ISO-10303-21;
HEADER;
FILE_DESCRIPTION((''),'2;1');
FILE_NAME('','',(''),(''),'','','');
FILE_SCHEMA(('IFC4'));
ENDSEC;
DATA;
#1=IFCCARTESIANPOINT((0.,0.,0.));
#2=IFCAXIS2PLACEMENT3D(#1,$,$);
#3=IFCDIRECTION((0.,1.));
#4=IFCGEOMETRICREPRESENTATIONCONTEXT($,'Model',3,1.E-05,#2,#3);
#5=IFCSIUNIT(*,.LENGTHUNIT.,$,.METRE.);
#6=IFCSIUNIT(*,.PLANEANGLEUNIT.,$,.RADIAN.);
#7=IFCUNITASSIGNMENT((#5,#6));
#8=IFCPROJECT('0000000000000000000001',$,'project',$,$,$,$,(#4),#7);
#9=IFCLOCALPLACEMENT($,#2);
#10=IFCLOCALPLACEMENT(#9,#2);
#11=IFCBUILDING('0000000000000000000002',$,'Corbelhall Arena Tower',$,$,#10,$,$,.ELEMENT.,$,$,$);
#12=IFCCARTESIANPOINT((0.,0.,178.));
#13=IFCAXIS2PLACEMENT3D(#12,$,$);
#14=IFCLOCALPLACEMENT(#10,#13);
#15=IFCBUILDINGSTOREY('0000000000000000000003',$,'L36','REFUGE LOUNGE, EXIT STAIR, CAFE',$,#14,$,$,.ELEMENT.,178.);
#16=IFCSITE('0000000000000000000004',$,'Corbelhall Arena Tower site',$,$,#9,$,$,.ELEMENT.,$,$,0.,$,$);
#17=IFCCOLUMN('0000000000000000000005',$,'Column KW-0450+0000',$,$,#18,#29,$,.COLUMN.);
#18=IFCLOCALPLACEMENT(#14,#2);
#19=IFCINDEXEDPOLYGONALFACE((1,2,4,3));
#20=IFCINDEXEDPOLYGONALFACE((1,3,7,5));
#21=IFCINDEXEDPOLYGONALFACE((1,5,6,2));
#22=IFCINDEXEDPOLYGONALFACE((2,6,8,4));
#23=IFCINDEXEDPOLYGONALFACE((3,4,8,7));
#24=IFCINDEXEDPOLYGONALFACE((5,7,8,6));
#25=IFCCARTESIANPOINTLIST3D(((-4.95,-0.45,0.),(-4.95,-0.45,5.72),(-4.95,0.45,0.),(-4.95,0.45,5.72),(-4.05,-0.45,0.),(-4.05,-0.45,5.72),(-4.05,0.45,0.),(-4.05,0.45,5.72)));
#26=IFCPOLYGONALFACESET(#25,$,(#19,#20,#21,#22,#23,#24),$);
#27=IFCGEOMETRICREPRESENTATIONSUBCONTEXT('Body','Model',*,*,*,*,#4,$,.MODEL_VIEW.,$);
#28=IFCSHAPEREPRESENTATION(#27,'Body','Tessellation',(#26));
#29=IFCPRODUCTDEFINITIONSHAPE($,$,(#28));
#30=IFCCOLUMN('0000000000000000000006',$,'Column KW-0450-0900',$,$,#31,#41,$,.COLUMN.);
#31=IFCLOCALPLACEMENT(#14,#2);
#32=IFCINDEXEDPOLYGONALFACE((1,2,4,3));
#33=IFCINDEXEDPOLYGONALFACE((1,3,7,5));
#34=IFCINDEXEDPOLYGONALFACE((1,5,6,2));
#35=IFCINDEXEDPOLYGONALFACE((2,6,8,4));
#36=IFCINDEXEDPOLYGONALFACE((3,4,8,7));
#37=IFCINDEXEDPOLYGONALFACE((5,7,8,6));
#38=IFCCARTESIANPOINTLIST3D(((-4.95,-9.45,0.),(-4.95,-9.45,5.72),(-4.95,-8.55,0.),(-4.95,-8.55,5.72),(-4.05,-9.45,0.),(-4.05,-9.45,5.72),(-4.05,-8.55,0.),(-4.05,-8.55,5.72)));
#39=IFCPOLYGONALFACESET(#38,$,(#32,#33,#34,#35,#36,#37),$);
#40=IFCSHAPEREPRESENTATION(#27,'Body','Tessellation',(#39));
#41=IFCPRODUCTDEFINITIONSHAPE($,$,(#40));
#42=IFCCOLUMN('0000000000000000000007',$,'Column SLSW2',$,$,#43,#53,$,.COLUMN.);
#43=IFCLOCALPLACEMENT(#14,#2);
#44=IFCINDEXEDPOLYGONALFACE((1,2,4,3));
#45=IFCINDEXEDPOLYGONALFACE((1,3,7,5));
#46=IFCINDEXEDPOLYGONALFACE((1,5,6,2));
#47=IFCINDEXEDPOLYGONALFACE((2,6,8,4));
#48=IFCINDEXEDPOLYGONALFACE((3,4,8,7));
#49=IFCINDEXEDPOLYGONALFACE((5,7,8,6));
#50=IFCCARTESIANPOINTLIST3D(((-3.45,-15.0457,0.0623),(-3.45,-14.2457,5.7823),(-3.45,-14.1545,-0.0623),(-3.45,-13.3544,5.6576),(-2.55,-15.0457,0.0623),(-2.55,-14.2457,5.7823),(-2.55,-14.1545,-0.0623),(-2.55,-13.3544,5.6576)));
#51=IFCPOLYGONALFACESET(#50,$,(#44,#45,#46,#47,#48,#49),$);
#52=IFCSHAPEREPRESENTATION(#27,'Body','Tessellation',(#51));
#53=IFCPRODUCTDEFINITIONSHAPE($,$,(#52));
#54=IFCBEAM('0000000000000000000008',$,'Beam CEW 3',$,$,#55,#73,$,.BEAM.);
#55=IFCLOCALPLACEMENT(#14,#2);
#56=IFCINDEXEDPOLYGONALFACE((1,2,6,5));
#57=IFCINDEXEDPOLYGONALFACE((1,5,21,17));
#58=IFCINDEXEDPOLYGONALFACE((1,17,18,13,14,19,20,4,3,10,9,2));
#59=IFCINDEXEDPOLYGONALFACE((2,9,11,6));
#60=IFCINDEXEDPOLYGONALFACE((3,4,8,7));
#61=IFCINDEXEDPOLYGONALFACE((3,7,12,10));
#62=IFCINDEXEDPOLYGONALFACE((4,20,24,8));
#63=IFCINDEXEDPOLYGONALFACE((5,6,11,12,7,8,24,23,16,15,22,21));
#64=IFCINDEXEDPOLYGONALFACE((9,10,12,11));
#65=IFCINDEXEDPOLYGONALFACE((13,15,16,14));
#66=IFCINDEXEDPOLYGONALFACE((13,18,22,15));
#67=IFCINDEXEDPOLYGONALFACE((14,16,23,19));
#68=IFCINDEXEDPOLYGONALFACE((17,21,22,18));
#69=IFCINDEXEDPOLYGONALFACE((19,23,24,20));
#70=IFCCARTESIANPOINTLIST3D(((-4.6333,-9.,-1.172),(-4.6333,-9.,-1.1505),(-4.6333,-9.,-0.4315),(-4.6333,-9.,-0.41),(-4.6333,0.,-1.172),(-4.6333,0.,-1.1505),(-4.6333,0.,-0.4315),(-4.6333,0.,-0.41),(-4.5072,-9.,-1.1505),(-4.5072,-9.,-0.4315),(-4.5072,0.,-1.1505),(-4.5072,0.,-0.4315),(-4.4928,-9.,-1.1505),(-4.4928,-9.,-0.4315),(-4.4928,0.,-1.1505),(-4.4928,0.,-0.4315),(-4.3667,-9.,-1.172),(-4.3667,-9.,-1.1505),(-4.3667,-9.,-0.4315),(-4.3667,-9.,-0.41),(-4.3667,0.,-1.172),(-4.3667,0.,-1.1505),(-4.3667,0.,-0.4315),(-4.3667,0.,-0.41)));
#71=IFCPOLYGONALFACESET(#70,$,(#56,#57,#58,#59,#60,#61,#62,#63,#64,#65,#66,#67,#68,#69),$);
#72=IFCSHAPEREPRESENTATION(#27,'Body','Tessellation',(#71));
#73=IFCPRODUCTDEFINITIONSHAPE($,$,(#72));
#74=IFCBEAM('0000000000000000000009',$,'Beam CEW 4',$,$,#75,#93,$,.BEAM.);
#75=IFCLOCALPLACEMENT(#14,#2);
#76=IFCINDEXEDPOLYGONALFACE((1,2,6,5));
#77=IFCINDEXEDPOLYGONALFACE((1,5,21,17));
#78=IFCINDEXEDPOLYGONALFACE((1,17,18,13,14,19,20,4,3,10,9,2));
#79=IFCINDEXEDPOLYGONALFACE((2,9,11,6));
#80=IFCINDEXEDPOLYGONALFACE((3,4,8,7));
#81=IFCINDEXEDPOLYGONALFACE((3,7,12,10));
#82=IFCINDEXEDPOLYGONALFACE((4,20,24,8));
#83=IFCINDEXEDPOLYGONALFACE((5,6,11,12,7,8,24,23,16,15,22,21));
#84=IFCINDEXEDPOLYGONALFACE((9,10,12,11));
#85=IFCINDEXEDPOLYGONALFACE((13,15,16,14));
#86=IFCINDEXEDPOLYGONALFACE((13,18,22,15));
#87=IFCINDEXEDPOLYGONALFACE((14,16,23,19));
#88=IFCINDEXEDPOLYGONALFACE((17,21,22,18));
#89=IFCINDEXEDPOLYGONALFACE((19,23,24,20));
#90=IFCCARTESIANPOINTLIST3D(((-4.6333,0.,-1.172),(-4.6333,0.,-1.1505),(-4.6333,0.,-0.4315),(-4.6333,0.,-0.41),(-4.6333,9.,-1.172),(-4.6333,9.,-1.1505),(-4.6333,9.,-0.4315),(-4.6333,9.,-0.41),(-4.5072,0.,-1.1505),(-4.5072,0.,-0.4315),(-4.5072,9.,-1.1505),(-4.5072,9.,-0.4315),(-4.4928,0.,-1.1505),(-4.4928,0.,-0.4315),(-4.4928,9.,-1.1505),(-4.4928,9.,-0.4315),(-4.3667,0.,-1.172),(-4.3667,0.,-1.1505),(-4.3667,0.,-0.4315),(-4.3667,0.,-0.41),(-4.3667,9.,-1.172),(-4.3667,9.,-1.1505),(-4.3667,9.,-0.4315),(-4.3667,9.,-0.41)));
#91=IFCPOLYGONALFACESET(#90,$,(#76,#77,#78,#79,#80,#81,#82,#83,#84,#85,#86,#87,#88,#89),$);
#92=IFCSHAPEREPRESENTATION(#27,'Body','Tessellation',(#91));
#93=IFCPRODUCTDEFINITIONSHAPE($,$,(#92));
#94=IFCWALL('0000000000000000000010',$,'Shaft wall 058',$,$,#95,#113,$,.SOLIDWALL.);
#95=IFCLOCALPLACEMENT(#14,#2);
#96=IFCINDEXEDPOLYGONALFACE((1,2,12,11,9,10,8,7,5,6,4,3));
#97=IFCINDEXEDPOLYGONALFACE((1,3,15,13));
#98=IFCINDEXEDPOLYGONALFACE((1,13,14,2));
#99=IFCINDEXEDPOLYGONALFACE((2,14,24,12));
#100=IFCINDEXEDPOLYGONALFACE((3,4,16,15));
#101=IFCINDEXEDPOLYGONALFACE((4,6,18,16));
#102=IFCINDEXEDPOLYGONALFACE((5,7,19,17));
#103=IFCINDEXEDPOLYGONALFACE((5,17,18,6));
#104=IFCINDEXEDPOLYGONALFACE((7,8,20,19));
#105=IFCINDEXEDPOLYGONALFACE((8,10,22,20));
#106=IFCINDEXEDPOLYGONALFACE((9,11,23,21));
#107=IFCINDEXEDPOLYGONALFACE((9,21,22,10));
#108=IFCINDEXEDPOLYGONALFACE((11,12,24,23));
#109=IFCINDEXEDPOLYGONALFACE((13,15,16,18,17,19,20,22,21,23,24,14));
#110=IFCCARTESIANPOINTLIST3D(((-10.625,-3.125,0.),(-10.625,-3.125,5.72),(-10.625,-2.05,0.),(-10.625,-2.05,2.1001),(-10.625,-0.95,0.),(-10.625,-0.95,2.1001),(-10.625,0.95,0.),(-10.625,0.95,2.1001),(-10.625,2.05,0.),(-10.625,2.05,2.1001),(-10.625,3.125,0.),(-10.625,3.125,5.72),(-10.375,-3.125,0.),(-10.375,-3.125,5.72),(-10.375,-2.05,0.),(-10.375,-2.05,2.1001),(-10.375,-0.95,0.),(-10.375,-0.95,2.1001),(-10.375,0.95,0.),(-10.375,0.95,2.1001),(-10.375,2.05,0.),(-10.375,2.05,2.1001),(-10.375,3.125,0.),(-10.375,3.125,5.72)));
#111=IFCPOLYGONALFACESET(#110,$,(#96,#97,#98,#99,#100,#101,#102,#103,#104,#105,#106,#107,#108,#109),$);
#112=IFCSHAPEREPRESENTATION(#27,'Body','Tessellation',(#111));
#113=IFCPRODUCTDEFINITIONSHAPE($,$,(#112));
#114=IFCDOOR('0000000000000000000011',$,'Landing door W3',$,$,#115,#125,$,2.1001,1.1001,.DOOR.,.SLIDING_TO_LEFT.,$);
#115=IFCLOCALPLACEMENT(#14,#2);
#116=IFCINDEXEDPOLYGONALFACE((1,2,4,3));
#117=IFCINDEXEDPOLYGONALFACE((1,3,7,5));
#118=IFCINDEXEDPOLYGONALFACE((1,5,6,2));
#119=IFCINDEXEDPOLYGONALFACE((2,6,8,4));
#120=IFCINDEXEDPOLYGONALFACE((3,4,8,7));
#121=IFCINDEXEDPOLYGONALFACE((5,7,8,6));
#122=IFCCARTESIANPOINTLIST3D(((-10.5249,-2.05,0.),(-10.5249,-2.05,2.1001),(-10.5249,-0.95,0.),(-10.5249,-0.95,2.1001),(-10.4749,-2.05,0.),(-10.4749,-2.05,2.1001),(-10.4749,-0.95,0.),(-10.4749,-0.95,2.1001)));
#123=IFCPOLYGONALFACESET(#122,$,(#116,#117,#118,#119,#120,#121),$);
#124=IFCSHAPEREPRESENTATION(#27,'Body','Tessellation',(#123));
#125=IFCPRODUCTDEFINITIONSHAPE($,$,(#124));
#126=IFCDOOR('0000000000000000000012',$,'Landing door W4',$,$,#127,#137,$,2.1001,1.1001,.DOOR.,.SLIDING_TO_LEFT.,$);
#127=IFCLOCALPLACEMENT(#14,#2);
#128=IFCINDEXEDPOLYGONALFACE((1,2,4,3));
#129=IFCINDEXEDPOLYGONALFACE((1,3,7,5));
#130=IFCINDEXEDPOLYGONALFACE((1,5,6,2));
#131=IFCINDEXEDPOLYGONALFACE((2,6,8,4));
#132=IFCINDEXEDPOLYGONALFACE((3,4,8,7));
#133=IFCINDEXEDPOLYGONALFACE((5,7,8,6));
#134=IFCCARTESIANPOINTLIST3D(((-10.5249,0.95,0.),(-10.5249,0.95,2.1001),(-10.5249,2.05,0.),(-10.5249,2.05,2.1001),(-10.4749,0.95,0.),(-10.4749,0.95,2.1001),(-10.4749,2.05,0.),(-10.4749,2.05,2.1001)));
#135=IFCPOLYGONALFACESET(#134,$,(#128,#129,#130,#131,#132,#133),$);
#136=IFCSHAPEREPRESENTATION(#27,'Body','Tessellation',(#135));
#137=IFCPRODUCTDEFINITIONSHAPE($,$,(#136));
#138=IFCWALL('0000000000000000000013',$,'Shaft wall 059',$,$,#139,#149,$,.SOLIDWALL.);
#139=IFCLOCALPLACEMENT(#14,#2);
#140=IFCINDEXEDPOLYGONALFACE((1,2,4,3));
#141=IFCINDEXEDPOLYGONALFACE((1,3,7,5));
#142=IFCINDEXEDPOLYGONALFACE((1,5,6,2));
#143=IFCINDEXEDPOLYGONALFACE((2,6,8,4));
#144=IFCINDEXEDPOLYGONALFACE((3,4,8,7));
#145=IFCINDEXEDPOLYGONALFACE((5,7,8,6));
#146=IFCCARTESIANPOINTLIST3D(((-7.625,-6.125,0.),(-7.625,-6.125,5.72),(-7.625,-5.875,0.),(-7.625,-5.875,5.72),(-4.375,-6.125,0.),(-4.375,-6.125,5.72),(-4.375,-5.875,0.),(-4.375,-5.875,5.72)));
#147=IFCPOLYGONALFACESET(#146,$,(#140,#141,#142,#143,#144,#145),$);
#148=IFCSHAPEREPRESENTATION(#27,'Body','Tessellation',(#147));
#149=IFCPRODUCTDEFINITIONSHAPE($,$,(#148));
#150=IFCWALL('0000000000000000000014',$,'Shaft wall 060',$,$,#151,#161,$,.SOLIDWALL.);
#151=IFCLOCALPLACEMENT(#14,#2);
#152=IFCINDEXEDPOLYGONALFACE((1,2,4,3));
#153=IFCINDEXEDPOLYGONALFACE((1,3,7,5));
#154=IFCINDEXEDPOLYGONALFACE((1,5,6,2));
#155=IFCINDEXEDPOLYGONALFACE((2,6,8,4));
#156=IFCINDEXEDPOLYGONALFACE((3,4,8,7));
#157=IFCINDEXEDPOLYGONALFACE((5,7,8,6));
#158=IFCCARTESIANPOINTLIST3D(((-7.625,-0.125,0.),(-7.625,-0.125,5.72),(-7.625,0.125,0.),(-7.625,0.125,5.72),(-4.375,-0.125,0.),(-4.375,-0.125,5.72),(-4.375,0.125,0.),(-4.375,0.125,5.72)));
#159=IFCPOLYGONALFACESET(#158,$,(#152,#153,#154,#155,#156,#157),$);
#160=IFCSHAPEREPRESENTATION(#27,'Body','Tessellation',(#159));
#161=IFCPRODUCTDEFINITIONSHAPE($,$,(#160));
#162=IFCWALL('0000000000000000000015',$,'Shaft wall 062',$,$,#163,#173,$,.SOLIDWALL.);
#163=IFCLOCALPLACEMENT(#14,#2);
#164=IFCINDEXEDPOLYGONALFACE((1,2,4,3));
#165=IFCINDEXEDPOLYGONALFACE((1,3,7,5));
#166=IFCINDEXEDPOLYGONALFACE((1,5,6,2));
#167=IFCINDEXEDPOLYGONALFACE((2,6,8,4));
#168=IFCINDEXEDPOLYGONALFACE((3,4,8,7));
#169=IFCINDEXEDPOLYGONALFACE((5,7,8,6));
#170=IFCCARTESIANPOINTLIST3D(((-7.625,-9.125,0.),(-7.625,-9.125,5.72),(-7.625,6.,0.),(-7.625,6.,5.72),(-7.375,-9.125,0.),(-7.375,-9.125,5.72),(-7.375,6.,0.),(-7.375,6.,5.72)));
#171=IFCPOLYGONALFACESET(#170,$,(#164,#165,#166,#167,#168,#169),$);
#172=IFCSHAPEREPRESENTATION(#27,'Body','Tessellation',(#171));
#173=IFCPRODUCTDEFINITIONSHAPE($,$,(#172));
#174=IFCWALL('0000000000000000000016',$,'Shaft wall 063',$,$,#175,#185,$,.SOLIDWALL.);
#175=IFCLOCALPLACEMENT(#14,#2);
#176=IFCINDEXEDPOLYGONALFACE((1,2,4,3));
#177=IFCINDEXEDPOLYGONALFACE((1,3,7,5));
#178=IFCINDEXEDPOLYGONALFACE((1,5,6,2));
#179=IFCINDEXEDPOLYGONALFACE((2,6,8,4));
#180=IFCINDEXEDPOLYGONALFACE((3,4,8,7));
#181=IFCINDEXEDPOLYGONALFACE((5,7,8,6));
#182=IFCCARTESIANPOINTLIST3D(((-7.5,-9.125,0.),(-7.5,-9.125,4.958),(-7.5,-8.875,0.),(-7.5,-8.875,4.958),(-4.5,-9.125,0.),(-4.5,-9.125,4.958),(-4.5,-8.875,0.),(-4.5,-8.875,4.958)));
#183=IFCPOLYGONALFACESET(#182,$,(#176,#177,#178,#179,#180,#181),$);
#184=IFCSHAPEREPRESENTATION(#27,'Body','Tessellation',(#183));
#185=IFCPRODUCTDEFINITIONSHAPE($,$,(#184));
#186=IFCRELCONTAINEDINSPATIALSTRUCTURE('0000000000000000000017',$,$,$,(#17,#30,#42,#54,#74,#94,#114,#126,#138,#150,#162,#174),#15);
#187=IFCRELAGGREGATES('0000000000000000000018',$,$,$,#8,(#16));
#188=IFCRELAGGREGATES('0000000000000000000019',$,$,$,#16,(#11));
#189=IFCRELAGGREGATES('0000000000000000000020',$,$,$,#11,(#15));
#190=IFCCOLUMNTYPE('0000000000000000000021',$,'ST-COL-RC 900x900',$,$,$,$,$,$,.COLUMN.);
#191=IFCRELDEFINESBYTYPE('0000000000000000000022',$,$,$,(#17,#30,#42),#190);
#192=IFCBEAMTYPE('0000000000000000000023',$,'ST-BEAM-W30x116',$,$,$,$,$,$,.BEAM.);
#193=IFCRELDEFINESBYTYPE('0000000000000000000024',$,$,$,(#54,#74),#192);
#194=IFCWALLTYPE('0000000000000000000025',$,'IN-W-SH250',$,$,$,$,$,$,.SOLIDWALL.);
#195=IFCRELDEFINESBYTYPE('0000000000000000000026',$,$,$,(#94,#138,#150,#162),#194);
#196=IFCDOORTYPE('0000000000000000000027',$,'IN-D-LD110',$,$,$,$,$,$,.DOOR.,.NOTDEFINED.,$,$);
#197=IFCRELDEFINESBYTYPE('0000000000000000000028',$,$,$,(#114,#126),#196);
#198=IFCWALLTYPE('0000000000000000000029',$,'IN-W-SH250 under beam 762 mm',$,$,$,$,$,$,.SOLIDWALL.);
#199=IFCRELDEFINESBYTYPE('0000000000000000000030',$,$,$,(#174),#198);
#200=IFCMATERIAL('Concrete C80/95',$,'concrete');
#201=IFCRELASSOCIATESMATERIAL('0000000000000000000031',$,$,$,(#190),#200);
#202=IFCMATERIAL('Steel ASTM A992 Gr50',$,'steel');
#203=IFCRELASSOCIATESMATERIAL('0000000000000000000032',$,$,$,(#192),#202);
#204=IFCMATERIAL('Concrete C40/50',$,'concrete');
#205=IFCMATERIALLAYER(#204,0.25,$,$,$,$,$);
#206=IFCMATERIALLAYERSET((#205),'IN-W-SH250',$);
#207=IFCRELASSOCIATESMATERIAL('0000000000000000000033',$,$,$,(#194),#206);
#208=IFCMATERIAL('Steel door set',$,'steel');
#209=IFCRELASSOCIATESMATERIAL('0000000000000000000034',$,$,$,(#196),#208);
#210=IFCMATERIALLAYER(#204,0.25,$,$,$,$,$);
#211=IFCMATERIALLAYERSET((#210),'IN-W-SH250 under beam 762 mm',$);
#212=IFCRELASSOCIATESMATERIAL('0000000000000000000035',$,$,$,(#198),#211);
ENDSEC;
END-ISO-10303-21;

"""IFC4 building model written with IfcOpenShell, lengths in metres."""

from ifc_helpers import new_model, si_unit, direction, frame, frame_2d, origin, origin_2d, place, context, subcontext, project, spatial, rectangle, i_section, extrude, material, layer, layer_set, material_profile, profile_set, type_object, element, fill, save


model = new_model("IFC4")

# Units and contexts
model_context = context("Model", 3, precision=1e-05, world=origin(), true_north=direction((0.0, 1.0)))
body_context = subcontext(model_context, "Body", "Model", "MODEL_VIEW")
ifc_project = project(units=[si_unit("LENGTHUNIT", "METRE"), si_unit("PLANEANGLEUNIT", "RADIAN")], contexts=[model_context])

# Site, building, storey
site_placement = place(None, origin())
site = spatial("IfcSite", under=ifc_project, at=site_placement, Name="Corbelhall Arena Tower site", CompositionType="ELEMENT", RefElevation=0.0)
building_placement = place(site_placement, origin())
building = spatial("IfcBuilding", under=site, at=building_placement, Name="Corbelhall Arena Tower", CompositionType="ELEMENT")
storey_placement = place(building_placement, frame((0.0, 0.0, 178.0)))
storey = spatial("IfcBuildingStorey", under=building, at=storey_placement, Name="L36", Description="REFUGE LOUNGE, EXIT STAIR, CAFE", CompositionType="ELEMENT", Elevation=178.0)

# Columns
ifc_material_1 = material(Name="Concrete C80/95", Category="concrete")
ifc_material_profile_1 = material_profile(ifc_material_1, rectangle(XDim=0.8999, YDim=0.8999, at=origin_2d()))
ifc_profile_set_1 = profile_set([ifc_material_profile_1], Name="Concrete C80/95")
column_type = type_object("IfcColumnType", Name="ST-COL-RC 900x900", PredefinedType="COLUMN", material=ifc_profile_set_1)
for number, where, z_axis, x_axis, name in (
    (1, (-4.5, 0.0, 0.0), (0.0, 0.0, 1.0), (1.0, 0.0, 0.0), "Column KW-0450+0000"),
    (2, (-4.5, -9.0, 0.0), (0.0, 0.0, 1.0), (1.0, 0.0, 0.0), "Column KW-0450-0900"),
):
    element("IfcColumn", number, at=place(storey_placement, frame(where, z_axis=z_axis, x_axis=x_axis)), inside=storey, type_object=column_type, Name=name, PredefinedType="COLUMN", context=body_context, shape_type="SweptSolid", body=[
        extrude(rectangle(XDim=0.8999, YDim=0.8999, at=origin_2d()), origin(), (0.0, 0.0, 1.0), 5.72),
    ])
column_placement = place(storey_placement, frame((-3.0, -14.6001, 0.0), z_axis=(0.0, 0.138521, 0.990359), x_axis=(-1.0, 0.0, 0.0)))
element("IfcColumn", 3, at=column_placement, inside=storey, type_object=column_type, Name="Column SLSW2", PredefinedType="COLUMN", context=body_context, shape_type="SweptSolid", body=[
    extrude(rectangle(XDim=0.8999, YDim=0.8999, at=origin_2d()), origin(), (0.0, 0.0, 1.0), 5.7756),
])

# Beams
ifc_material_2 = material(Name="Steel ASTM A992 Gr50", Category="steel")
ifc_material_profile_2 = material_profile(ifc_material_2, i_section(OverallWidth=0.2666, OverallDepth=0.762, WebThickness=0.0144, FlangeThickness=0.0215, at=origin_2d()))
ifc_profile_set_2 = profile_set([ifc_material_profile_2], Name="Steel ASTM A992 Gr50")
beam_type = type_object("IfcBeamType", Name="ST-BEAM-W30x116", PredefinedType="BEAM", material=ifc_profile_set_2)
for number, where, z_axis, x_axis, name in (
    (4, (-4.5, -9.0, -0.791), (0.0, 1.0, 0.0), (-1.0, 0.0, 0.0), "Beam CEW 3"),
    (5, (-4.5, 0.0, -0.791), (0.0, 1.0, 0.0), (-1.0, 0.0, 0.0), "Beam CEW 4"),
):
    element("IfcBeam", number, at=place(storey_placement, frame(where, z_axis=z_axis, x_axis=x_axis)), inside=storey, type_object=beam_type, Name=name, PredefinedType="BEAM", context=body_context, shape_type="SweptSolid", body=[
        extrude(i_section(OverallWidth=0.2666, OverallDepth=0.762, WebThickness=0.0144, FlangeThickness=0.0215, at=origin_2d()), origin(), (0.0, 0.0, 1.0), 9.0),
    ])

# Shared definitions
ifc_material_3 = material(Name="Steel door set", Category="steel")

# Wall, openings, doors
ifc_material_4 = material(Name="Concrete C40/50", Category="concrete")
ifc_layer_1 = layer(ifc_material_4, 0.25)
ifc_layer_set_1 = layer_set([ifc_layer_1], Name="IN-W-SH250")
wall_type_1 = type_object("IfcWallType", Name="IN-W-SH250", PredefinedType="SOLIDWALL", material=ifc_layer_set_1)
wall_1_placement = place(storey_placement, frame((-10.5, -3.125, 0.0), z_axis=(0.0, 0.0, 1.0), x_axis=(0.0, 1.0, 0.0)))
wall_1 = element("IfcWall", 6, at=wall_1_placement, inside=storey, type_object=wall_type_1, Name="Shaft wall 058", PredefinedType="SOLIDWALL", context=body_context, shape_type="SweptSolid", body=[
    extrude(rectangle(XDim=6.25, YDim=0.25, at=frame_2d((3.125, 0.0))), origin(), (0.0, 0.0, 1.0), 5.72),
])
opening_1_placement = place(wall_1_placement, frame((1.075, 0.0, 0.0)))
opening_1 = element("IfcOpeningElement", 7, at=opening_1_placement, cuts=wall_1, PredefinedType="OPENING", context=body_context, shape_type="SweptSolid", body=[
    extrude(rectangle(XDim=1.1001, YDim=2.1001, at=frame_2d((0.55, 1.05))), frame((0.0, 0.125, 0.0), z_axis=(0.0, -1.0, 0.0), x_axis=(1.0, 0.0, 0.0)), (0.0, 0.0, 1.0), 0.25),
])
opening_2_placement = place(wall_1_placement, frame((4.075, 0.0, 0.0)))
opening_2 = element("IfcOpeningElement", 8, at=opening_2_placement, cuts=wall_1, PredefinedType="OPENING", context=body_context, shape_type="SweptSolid", body=[
    extrude(rectangle(XDim=1.1001, YDim=2.1001, at=frame_2d((0.55, 1.05))), frame((0.0, 0.125, 0.0), z_axis=(0.0, -1.0, 0.0), x_axis=(1.0, 0.0, 0.0)), (0.0, 0.0, 1.0), 0.25),
])
door_type_1 = type_object("IfcDoorType", Name="IN-D-LD110", OperationType="NOTDEFINED", PredefinedType="DOOR", material=ifc_material_3)
door_1_placement = place(opening_1_placement, origin())
door_1 = element("IfcDoor", 9, at=door_1_placement, inside=storey, type_object=door_type_1, Name="Landing door W3", OperationType="SLIDING_TO_LEFT", OverallHeight=2.1001, OverallWidth=1.1001, PredefinedType="DOOR", context=body_context, shape_type="SweptSolid", body=[
    extrude(rectangle(XDim=1.1001, YDim=2.1001, at=frame_2d((0.55, 1.05))), frame((0.0, 0.0249, 0.0), z_axis=(0.0, -1.0, 0.0), x_axis=(1.0, 0.0, 0.0)), (0.0, 0.0, 1.0), 0.05),
])
fill(opening_1, door_1)
door_2_placement = place(opening_2_placement, origin())
door_2 = element("IfcDoor", 10, at=door_2_placement, inside=storey, type_object=door_type_1, Name="Landing door W4", OperationType="SLIDING_TO_LEFT", OverallHeight=2.1001, OverallWidth=1.1001, PredefinedType="DOOR", context=body_context, shape_type="SweptSolid", body=[
    extrude(rectangle(XDim=1.1001, YDim=2.1001, at=frame_2d((0.55, 1.05))), frame((0.0, 0.0249, 0.0), z_axis=(0.0, -1.0, 0.0), x_axis=(1.0, 0.0, 0.0)), (0.0, 0.0, 1.0), 0.05),
])
fill(opening_2, door_2)

# Walls
for number, where, z_axis, x_axis, name in (
    (11, (-7.625, -6.0, 0.0), (0.0, 0.0, 1.0), (1.0, 0.0, 0.0), "Shaft wall 059"),
    (12, (-7.625, 0.0, 0.0), (0.0, 0.0, 1.0), (1.0, 0.0, 0.0), "Shaft wall 060"),
):
    element("IfcWall", number, at=place(storey_placement, frame(where, z_axis=z_axis, x_axis=x_axis)), inside=storey, type_object=wall_type_1, Name=name, PredefinedType="SOLIDWALL", context=body_context, shape_type="SweptSolid", body=[
        extrude(rectangle(XDim=3.25, YDim=0.25, at=frame_2d((1.625, 0.0))), origin(), (0.0, 0.0, 1.0), 5.72),
    ])
wall_2_placement = place(storey_placement, frame((-7.5, -9.125, 0.0), z_axis=(0.0, 0.0, 1.0), x_axis=(0.0, 1.0, 0.0)))
element("IfcWall", 13, at=wall_2_placement, inside=storey, type_object=wall_type_1, Name="Shaft wall 062", PredefinedType="SOLIDWALL", context=body_context, shape_type="SweptSolid", body=[
    extrude(rectangle(XDim=15.125, YDim=0.25, at=frame_2d((7.5625, 0.0))), origin(), (0.0, 0.0, 1.0), 5.72),
])
ifc_layer_2 = layer(ifc_material_4, 0.25)
ifc_layer_set_2 = layer_set([ifc_layer_2], Name="IN-W-SH250 under beam 762 mm")
wall_type_2 = type_object("IfcWallType", Name="IN-W-SH250 under beam 762 mm", PredefinedType="SOLIDWALL", material=ifc_layer_set_2)
wall_3_placement = place(storey_placement, frame((-4.5, -9.0, 0.0), z_axis=(0.0, 0.0, 1.0), x_axis=(-1.0, 0.0, 0.0)))
element("IfcWall", 14, at=wall_3_placement, inside=storey, type_object=wall_type_2, Name="Shaft wall 063", PredefinedType="SOLIDWALL", context=body_context, shape_type="SweptSolid", body=[
    extrude(rectangle(XDim=3.0, YDim=0.25, at=frame_2d((1.5, 0.0))), origin(), (0.0, 0.0, 1.0), 4.958),
])

save(model, "model.ifc")
